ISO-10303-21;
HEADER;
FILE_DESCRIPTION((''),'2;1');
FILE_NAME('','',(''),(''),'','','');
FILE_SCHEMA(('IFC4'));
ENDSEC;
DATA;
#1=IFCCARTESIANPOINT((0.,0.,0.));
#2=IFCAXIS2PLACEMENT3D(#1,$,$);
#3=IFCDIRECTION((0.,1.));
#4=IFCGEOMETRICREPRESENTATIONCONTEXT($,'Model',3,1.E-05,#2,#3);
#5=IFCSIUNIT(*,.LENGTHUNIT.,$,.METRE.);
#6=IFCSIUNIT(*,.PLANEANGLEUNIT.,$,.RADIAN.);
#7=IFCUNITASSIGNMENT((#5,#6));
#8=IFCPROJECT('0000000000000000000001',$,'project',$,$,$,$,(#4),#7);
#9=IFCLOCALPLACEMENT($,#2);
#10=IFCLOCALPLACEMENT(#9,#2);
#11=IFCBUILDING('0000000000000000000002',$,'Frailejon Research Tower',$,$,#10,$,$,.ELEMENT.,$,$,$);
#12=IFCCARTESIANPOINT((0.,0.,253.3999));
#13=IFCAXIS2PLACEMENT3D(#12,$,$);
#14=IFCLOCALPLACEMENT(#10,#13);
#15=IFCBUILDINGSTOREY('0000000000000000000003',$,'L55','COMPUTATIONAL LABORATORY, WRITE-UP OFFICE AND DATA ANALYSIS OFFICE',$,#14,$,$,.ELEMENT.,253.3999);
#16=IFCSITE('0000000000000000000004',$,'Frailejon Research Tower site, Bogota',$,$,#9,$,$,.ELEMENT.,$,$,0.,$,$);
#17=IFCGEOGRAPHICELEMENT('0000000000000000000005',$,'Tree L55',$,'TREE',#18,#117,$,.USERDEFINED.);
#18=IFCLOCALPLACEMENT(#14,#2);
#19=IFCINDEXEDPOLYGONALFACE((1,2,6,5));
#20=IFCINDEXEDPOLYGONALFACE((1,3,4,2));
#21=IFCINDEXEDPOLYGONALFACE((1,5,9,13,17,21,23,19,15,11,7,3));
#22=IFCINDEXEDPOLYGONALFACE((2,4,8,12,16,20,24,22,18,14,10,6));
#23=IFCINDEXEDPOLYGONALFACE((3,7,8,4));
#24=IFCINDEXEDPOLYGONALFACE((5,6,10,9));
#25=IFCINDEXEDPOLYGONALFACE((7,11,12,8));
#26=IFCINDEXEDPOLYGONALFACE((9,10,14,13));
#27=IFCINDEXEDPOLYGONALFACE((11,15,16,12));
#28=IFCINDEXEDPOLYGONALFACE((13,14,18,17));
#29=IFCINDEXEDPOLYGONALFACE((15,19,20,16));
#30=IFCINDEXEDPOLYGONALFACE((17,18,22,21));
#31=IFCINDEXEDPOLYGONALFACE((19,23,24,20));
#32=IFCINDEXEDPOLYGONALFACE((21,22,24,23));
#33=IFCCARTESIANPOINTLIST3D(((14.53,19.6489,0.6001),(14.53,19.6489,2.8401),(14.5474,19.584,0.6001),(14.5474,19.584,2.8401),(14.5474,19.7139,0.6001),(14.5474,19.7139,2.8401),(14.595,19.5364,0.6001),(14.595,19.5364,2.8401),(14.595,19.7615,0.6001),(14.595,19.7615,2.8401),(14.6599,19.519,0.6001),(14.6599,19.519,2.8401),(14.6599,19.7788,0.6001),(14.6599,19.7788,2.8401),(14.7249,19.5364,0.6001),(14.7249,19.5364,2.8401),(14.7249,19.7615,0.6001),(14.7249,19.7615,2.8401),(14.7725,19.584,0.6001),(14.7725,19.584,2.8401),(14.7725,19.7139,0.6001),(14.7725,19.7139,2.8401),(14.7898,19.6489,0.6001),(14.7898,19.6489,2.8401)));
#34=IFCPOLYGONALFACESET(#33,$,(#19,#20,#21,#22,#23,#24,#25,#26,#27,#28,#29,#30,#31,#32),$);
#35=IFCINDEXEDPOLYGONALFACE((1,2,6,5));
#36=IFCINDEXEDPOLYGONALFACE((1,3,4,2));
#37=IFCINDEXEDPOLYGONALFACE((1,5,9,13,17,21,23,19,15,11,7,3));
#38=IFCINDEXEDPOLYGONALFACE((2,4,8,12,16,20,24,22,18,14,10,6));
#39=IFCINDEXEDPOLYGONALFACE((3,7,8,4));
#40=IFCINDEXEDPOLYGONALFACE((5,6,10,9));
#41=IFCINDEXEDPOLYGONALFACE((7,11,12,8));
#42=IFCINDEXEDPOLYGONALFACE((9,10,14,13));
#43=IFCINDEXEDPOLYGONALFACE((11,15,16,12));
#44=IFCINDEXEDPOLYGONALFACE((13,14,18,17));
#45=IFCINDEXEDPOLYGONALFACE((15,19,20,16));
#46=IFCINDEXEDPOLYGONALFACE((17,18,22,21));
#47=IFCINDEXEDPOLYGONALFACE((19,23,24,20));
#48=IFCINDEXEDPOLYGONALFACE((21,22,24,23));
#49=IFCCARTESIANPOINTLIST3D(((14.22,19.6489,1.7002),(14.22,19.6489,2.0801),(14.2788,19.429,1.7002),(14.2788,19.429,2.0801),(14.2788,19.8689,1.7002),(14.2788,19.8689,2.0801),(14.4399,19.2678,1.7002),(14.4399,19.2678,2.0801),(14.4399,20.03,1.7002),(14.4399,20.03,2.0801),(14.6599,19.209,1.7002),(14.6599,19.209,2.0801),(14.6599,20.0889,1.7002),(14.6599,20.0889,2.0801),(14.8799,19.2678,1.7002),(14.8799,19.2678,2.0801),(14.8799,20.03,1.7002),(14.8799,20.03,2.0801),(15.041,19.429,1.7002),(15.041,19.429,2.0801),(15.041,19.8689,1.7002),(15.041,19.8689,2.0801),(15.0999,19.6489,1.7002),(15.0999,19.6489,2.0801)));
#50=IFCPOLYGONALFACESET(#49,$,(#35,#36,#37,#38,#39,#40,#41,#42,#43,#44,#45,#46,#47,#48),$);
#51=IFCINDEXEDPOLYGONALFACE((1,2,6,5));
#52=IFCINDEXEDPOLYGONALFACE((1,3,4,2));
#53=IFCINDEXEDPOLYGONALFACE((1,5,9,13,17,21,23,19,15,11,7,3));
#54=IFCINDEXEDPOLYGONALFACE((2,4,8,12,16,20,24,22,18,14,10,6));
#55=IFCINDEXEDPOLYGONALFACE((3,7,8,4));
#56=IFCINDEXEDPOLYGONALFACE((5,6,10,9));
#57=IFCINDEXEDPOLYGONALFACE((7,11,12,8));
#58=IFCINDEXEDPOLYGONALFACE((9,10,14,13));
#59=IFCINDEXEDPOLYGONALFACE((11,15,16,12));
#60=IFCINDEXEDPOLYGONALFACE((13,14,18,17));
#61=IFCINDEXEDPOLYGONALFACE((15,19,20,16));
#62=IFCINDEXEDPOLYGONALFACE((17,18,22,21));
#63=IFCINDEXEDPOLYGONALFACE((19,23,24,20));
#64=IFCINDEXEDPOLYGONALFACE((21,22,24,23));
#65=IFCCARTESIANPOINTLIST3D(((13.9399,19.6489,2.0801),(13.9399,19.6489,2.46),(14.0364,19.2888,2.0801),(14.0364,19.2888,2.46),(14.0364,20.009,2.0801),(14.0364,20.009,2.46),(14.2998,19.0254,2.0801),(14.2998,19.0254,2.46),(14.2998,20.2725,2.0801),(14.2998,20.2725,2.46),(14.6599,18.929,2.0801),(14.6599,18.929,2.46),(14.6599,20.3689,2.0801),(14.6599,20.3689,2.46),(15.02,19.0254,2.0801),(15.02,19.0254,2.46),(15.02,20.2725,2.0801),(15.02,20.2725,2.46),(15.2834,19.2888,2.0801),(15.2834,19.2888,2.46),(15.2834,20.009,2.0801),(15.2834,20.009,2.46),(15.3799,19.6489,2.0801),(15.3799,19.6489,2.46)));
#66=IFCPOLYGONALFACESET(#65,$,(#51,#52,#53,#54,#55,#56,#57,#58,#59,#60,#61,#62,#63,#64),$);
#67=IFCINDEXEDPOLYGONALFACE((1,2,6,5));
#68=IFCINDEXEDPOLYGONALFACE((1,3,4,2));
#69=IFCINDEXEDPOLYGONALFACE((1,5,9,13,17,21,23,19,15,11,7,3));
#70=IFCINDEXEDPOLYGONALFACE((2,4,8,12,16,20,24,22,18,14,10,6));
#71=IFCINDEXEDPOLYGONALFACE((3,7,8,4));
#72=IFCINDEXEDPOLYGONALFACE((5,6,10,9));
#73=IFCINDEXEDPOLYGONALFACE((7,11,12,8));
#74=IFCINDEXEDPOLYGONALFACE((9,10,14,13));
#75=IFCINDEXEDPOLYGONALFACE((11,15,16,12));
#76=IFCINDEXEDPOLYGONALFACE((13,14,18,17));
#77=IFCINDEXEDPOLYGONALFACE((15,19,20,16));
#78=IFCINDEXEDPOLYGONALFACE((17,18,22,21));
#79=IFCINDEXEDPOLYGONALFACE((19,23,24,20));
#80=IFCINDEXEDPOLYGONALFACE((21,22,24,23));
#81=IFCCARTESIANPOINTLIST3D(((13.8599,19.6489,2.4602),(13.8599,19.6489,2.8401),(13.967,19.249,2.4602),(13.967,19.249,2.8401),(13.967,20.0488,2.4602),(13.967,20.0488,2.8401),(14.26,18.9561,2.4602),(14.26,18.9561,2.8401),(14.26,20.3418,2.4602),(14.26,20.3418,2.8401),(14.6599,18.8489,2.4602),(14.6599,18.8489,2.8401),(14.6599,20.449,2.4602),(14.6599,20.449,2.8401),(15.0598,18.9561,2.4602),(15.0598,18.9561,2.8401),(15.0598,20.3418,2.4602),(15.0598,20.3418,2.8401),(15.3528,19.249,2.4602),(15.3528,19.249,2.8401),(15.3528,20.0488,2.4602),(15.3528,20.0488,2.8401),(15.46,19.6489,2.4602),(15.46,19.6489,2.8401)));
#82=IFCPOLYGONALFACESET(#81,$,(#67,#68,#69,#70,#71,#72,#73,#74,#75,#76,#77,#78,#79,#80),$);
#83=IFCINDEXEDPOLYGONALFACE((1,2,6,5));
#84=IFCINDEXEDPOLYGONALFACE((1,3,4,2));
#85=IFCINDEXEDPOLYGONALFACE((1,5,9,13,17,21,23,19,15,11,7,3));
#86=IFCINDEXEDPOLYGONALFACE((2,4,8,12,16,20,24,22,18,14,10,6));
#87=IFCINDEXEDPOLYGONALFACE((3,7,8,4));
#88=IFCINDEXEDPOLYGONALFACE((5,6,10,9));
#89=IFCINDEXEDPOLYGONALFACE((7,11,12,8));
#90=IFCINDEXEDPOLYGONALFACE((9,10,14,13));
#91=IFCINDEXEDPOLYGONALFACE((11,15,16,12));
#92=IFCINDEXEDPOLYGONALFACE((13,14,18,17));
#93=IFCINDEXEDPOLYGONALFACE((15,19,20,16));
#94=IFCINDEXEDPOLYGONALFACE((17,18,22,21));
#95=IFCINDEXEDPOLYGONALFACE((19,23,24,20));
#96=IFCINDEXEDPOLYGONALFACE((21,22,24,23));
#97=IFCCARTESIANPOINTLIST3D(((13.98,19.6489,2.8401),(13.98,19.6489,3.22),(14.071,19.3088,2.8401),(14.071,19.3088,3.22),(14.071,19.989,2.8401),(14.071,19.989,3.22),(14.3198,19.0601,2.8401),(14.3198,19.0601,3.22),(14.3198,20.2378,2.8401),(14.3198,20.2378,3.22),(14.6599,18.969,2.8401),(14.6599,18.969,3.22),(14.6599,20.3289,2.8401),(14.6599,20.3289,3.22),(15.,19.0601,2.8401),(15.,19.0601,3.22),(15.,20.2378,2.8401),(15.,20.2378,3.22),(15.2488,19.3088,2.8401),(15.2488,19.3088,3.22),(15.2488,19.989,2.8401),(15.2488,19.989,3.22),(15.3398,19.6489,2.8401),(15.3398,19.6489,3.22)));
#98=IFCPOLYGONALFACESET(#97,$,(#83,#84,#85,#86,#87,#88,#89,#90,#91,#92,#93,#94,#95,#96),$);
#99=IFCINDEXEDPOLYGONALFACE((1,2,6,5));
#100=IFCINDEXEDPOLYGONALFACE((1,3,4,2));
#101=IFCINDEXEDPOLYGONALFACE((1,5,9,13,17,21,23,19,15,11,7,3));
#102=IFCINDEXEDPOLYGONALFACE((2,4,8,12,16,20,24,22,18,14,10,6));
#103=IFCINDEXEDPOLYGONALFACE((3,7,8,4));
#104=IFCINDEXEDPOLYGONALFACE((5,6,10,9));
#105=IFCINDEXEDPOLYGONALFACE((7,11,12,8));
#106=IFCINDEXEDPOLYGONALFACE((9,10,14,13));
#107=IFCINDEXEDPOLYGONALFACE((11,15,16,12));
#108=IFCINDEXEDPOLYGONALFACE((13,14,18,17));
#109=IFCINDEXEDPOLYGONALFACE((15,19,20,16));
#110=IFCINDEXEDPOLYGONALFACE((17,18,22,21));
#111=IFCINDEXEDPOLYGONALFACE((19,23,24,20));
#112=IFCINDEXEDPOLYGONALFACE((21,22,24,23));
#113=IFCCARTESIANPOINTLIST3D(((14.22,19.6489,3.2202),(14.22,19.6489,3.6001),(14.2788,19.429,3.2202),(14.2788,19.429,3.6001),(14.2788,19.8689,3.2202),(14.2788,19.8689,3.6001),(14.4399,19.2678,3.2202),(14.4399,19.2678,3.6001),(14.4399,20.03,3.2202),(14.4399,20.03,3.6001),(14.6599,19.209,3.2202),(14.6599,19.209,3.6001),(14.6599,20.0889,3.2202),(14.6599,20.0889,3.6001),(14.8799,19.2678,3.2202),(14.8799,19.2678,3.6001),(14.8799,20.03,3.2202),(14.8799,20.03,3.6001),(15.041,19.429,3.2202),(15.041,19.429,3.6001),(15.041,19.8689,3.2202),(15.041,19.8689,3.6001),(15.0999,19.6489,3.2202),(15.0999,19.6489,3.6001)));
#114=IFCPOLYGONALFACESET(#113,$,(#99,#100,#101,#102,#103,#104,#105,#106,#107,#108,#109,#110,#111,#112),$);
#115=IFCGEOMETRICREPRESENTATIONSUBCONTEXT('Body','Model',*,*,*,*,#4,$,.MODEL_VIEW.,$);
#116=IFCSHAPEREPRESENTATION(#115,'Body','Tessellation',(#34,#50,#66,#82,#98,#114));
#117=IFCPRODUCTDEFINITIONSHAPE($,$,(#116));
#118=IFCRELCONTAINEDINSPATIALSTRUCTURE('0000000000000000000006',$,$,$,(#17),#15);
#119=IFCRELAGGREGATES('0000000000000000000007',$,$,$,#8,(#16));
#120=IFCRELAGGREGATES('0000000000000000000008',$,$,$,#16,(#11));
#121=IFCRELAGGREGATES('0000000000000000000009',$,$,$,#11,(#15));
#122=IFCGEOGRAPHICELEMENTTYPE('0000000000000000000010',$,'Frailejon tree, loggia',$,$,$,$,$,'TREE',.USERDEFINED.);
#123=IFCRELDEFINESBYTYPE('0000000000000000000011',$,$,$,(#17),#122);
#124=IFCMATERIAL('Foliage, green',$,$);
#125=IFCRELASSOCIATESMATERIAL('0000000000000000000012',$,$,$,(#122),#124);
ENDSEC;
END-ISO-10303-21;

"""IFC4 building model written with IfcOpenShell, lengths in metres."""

from ifc_helpers import new_model, si_unit, direction, frame, origin, place, context, subcontext, project, spatial, polyline, outline, extrude, material, type_object, element, save


model = new_model("IFC4")

# Units and contexts
model_context = context("Model", 3, precision=1e-05, world=origin(), true_north=direction((0.0, 1.0)))
body_context = subcontext(model_context, "Body", "Model", "MODEL_VIEW")
ifc_project = project(units=[si_unit("LENGTHUNIT", "METRE"), si_unit("PLANEANGLEUNIT", "RADIAN")], contexts=[model_context])

# Site, building, storey
site_placement = place(None, origin())
site = spatial("IfcSite", under=ifc_project, at=site_placement, Name="Frailejon Research Tower site, Bogota", CompositionType="ELEMENT", RefElevation=0.0)
building_placement = place(site_placement, origin())
building = spatial("IfcBuilding", under=site, at=building_placement, Name="Frailejon Research Tower", CompositionType="ELEMENT")
storey_placement = place(building_placement, frame((0.0, 0.0, 253.3999)))
storey = spatial("IfcBuildingStorey", under=building, at=storey_placement, Name="L55", Description="COMPUTATIONAL LABORATORY, WRITE-UP OFFICE AND DATA ANALYSIS OFFICE", CompositionType="ELEMENT", Elevation=253.3999)

# Geographic element
ifc_material_1 = material(Name="Foliage, green")
geographic_element_type = type_object("IfcGeographicElementType", Name="Frailejon tree, loggia", ElementType="TREE", PredefinedType="USERDEFINED", material=ifc_material_1)
geographic_element_placement = place(storey_placement, frame((14.6599, 19.6489, 0.6001)))
element("IfcGeographicElement", 1, at=geographic_element_placement, inside=storey, type_object=geographic_element_type, Name="Tree L55", ObjectType="TREE", PredefinedType="USERDEFINED", context=body_context, shape_type="SweptSolid", body=[
    extrude(outline(polyline([(0.1299, 0.0), (0.1125, 0.0649), (0.0649, 0.1125), (0.0, 0.1299), (-0.0649, 0.1125), (-0.1125, 0.0649), (-0.1299, 0.0), (-0.1125, -0.0649), (-0.0649, -0.1125), (0.0, -0.1299), (0.0649, -0.1125), (0.1125, -0.0649), (0.1299, 0.0)])), origin(), (0.0, 0.0, 1.0), 2.24),
    extrude(outline(polyline([(0.4399, 0.0), (0.3811, 0.22), (0.22, 0.3811), (0.0, 0.4399), (-0.22, 0.3811), (-0.3811, 0.22), (-0.4399, 0.0), (-0.3811, -0.22), (-0.22, -0.3811), (0.0, -0.4399), (0.22, -0.3811), (0.3811, -0.22), (0.4399, 0.0)])), frame((0.0, 0.0, 1.1001)), (0.0, 0.0, 1.0), 0.3799),
    extrude(outline(polyline([(0.72, 0.0), (0.6235, 0.3601), (0.3601, 0.6235), (0.0, 0.72), (-0.3601, 0.6235), (-0.6235, 0.3601), (-0.72, 0.0), (-0.6235, -0.3601), (-0.3601, -0.6235), (0.0, -0.72), (0.3601, -0.6235), (0.6235, -0.3601), (0.72, 0.0)])), frame((0.0, 0.0, 1.48)), (0.0, 0.0, 1.0), 0.3799),
    extrude(outline(polyline([(0.8, 0.0), (0.6929, 0.3999), (0.3999, 0.6929), (0.0, 0.8), (-0.3999, 0.6929), (-0.6929, 0.3999), (-0.8, 0.0), (-0.6929, -0.3999), (-0.3999, -0.6929), (0.0, -0.8), (0.3999, -0.6929), (0.6929, -0.3999), (0.8, 0.0)])), frame((0.0, 0.0, 1.8601)), (0.0, 0.0, 1.0), 0.3799),
    extrude(outline(polyline([(0.6799, 0.0), (0.5889, 0.3401), (0.3401, 0.5889), (0.0, 0.6799), (-0.3401, 0.5889), (-0.5889, 0.3401), (-0.6799, 0.0), (-0.5889, -0.3401), (-0.3401, -0.5889), (0.0, -0.6799), (0.3401, -0.5889), (0.5889, -0.3401), (0.6799, 0.0)])), frame((0.0, 0.0, 2.24)), (0.0, 0.0, 1.0), 0.3799),
    extrude(outline(polyline([(0.4399, 0.0), (0.3811, 0.22), (0.22, 0.3811), (0.0, 0.4399), (-0.22, 0.3811), (-0.3811, 0.22), (-0.4399, 0.0), (-0.3811, -0.22), (-0.22, -0.3811), (0.0, -0.4399), (0.22, -0.3811), (0.3811, -0.22), (0.4399, 0.0)])), frame((0.0, 0.0, 2.6201)), (0.0, 0.0, 1.0), 0.3799),
])

save(model, "model.ifc")
